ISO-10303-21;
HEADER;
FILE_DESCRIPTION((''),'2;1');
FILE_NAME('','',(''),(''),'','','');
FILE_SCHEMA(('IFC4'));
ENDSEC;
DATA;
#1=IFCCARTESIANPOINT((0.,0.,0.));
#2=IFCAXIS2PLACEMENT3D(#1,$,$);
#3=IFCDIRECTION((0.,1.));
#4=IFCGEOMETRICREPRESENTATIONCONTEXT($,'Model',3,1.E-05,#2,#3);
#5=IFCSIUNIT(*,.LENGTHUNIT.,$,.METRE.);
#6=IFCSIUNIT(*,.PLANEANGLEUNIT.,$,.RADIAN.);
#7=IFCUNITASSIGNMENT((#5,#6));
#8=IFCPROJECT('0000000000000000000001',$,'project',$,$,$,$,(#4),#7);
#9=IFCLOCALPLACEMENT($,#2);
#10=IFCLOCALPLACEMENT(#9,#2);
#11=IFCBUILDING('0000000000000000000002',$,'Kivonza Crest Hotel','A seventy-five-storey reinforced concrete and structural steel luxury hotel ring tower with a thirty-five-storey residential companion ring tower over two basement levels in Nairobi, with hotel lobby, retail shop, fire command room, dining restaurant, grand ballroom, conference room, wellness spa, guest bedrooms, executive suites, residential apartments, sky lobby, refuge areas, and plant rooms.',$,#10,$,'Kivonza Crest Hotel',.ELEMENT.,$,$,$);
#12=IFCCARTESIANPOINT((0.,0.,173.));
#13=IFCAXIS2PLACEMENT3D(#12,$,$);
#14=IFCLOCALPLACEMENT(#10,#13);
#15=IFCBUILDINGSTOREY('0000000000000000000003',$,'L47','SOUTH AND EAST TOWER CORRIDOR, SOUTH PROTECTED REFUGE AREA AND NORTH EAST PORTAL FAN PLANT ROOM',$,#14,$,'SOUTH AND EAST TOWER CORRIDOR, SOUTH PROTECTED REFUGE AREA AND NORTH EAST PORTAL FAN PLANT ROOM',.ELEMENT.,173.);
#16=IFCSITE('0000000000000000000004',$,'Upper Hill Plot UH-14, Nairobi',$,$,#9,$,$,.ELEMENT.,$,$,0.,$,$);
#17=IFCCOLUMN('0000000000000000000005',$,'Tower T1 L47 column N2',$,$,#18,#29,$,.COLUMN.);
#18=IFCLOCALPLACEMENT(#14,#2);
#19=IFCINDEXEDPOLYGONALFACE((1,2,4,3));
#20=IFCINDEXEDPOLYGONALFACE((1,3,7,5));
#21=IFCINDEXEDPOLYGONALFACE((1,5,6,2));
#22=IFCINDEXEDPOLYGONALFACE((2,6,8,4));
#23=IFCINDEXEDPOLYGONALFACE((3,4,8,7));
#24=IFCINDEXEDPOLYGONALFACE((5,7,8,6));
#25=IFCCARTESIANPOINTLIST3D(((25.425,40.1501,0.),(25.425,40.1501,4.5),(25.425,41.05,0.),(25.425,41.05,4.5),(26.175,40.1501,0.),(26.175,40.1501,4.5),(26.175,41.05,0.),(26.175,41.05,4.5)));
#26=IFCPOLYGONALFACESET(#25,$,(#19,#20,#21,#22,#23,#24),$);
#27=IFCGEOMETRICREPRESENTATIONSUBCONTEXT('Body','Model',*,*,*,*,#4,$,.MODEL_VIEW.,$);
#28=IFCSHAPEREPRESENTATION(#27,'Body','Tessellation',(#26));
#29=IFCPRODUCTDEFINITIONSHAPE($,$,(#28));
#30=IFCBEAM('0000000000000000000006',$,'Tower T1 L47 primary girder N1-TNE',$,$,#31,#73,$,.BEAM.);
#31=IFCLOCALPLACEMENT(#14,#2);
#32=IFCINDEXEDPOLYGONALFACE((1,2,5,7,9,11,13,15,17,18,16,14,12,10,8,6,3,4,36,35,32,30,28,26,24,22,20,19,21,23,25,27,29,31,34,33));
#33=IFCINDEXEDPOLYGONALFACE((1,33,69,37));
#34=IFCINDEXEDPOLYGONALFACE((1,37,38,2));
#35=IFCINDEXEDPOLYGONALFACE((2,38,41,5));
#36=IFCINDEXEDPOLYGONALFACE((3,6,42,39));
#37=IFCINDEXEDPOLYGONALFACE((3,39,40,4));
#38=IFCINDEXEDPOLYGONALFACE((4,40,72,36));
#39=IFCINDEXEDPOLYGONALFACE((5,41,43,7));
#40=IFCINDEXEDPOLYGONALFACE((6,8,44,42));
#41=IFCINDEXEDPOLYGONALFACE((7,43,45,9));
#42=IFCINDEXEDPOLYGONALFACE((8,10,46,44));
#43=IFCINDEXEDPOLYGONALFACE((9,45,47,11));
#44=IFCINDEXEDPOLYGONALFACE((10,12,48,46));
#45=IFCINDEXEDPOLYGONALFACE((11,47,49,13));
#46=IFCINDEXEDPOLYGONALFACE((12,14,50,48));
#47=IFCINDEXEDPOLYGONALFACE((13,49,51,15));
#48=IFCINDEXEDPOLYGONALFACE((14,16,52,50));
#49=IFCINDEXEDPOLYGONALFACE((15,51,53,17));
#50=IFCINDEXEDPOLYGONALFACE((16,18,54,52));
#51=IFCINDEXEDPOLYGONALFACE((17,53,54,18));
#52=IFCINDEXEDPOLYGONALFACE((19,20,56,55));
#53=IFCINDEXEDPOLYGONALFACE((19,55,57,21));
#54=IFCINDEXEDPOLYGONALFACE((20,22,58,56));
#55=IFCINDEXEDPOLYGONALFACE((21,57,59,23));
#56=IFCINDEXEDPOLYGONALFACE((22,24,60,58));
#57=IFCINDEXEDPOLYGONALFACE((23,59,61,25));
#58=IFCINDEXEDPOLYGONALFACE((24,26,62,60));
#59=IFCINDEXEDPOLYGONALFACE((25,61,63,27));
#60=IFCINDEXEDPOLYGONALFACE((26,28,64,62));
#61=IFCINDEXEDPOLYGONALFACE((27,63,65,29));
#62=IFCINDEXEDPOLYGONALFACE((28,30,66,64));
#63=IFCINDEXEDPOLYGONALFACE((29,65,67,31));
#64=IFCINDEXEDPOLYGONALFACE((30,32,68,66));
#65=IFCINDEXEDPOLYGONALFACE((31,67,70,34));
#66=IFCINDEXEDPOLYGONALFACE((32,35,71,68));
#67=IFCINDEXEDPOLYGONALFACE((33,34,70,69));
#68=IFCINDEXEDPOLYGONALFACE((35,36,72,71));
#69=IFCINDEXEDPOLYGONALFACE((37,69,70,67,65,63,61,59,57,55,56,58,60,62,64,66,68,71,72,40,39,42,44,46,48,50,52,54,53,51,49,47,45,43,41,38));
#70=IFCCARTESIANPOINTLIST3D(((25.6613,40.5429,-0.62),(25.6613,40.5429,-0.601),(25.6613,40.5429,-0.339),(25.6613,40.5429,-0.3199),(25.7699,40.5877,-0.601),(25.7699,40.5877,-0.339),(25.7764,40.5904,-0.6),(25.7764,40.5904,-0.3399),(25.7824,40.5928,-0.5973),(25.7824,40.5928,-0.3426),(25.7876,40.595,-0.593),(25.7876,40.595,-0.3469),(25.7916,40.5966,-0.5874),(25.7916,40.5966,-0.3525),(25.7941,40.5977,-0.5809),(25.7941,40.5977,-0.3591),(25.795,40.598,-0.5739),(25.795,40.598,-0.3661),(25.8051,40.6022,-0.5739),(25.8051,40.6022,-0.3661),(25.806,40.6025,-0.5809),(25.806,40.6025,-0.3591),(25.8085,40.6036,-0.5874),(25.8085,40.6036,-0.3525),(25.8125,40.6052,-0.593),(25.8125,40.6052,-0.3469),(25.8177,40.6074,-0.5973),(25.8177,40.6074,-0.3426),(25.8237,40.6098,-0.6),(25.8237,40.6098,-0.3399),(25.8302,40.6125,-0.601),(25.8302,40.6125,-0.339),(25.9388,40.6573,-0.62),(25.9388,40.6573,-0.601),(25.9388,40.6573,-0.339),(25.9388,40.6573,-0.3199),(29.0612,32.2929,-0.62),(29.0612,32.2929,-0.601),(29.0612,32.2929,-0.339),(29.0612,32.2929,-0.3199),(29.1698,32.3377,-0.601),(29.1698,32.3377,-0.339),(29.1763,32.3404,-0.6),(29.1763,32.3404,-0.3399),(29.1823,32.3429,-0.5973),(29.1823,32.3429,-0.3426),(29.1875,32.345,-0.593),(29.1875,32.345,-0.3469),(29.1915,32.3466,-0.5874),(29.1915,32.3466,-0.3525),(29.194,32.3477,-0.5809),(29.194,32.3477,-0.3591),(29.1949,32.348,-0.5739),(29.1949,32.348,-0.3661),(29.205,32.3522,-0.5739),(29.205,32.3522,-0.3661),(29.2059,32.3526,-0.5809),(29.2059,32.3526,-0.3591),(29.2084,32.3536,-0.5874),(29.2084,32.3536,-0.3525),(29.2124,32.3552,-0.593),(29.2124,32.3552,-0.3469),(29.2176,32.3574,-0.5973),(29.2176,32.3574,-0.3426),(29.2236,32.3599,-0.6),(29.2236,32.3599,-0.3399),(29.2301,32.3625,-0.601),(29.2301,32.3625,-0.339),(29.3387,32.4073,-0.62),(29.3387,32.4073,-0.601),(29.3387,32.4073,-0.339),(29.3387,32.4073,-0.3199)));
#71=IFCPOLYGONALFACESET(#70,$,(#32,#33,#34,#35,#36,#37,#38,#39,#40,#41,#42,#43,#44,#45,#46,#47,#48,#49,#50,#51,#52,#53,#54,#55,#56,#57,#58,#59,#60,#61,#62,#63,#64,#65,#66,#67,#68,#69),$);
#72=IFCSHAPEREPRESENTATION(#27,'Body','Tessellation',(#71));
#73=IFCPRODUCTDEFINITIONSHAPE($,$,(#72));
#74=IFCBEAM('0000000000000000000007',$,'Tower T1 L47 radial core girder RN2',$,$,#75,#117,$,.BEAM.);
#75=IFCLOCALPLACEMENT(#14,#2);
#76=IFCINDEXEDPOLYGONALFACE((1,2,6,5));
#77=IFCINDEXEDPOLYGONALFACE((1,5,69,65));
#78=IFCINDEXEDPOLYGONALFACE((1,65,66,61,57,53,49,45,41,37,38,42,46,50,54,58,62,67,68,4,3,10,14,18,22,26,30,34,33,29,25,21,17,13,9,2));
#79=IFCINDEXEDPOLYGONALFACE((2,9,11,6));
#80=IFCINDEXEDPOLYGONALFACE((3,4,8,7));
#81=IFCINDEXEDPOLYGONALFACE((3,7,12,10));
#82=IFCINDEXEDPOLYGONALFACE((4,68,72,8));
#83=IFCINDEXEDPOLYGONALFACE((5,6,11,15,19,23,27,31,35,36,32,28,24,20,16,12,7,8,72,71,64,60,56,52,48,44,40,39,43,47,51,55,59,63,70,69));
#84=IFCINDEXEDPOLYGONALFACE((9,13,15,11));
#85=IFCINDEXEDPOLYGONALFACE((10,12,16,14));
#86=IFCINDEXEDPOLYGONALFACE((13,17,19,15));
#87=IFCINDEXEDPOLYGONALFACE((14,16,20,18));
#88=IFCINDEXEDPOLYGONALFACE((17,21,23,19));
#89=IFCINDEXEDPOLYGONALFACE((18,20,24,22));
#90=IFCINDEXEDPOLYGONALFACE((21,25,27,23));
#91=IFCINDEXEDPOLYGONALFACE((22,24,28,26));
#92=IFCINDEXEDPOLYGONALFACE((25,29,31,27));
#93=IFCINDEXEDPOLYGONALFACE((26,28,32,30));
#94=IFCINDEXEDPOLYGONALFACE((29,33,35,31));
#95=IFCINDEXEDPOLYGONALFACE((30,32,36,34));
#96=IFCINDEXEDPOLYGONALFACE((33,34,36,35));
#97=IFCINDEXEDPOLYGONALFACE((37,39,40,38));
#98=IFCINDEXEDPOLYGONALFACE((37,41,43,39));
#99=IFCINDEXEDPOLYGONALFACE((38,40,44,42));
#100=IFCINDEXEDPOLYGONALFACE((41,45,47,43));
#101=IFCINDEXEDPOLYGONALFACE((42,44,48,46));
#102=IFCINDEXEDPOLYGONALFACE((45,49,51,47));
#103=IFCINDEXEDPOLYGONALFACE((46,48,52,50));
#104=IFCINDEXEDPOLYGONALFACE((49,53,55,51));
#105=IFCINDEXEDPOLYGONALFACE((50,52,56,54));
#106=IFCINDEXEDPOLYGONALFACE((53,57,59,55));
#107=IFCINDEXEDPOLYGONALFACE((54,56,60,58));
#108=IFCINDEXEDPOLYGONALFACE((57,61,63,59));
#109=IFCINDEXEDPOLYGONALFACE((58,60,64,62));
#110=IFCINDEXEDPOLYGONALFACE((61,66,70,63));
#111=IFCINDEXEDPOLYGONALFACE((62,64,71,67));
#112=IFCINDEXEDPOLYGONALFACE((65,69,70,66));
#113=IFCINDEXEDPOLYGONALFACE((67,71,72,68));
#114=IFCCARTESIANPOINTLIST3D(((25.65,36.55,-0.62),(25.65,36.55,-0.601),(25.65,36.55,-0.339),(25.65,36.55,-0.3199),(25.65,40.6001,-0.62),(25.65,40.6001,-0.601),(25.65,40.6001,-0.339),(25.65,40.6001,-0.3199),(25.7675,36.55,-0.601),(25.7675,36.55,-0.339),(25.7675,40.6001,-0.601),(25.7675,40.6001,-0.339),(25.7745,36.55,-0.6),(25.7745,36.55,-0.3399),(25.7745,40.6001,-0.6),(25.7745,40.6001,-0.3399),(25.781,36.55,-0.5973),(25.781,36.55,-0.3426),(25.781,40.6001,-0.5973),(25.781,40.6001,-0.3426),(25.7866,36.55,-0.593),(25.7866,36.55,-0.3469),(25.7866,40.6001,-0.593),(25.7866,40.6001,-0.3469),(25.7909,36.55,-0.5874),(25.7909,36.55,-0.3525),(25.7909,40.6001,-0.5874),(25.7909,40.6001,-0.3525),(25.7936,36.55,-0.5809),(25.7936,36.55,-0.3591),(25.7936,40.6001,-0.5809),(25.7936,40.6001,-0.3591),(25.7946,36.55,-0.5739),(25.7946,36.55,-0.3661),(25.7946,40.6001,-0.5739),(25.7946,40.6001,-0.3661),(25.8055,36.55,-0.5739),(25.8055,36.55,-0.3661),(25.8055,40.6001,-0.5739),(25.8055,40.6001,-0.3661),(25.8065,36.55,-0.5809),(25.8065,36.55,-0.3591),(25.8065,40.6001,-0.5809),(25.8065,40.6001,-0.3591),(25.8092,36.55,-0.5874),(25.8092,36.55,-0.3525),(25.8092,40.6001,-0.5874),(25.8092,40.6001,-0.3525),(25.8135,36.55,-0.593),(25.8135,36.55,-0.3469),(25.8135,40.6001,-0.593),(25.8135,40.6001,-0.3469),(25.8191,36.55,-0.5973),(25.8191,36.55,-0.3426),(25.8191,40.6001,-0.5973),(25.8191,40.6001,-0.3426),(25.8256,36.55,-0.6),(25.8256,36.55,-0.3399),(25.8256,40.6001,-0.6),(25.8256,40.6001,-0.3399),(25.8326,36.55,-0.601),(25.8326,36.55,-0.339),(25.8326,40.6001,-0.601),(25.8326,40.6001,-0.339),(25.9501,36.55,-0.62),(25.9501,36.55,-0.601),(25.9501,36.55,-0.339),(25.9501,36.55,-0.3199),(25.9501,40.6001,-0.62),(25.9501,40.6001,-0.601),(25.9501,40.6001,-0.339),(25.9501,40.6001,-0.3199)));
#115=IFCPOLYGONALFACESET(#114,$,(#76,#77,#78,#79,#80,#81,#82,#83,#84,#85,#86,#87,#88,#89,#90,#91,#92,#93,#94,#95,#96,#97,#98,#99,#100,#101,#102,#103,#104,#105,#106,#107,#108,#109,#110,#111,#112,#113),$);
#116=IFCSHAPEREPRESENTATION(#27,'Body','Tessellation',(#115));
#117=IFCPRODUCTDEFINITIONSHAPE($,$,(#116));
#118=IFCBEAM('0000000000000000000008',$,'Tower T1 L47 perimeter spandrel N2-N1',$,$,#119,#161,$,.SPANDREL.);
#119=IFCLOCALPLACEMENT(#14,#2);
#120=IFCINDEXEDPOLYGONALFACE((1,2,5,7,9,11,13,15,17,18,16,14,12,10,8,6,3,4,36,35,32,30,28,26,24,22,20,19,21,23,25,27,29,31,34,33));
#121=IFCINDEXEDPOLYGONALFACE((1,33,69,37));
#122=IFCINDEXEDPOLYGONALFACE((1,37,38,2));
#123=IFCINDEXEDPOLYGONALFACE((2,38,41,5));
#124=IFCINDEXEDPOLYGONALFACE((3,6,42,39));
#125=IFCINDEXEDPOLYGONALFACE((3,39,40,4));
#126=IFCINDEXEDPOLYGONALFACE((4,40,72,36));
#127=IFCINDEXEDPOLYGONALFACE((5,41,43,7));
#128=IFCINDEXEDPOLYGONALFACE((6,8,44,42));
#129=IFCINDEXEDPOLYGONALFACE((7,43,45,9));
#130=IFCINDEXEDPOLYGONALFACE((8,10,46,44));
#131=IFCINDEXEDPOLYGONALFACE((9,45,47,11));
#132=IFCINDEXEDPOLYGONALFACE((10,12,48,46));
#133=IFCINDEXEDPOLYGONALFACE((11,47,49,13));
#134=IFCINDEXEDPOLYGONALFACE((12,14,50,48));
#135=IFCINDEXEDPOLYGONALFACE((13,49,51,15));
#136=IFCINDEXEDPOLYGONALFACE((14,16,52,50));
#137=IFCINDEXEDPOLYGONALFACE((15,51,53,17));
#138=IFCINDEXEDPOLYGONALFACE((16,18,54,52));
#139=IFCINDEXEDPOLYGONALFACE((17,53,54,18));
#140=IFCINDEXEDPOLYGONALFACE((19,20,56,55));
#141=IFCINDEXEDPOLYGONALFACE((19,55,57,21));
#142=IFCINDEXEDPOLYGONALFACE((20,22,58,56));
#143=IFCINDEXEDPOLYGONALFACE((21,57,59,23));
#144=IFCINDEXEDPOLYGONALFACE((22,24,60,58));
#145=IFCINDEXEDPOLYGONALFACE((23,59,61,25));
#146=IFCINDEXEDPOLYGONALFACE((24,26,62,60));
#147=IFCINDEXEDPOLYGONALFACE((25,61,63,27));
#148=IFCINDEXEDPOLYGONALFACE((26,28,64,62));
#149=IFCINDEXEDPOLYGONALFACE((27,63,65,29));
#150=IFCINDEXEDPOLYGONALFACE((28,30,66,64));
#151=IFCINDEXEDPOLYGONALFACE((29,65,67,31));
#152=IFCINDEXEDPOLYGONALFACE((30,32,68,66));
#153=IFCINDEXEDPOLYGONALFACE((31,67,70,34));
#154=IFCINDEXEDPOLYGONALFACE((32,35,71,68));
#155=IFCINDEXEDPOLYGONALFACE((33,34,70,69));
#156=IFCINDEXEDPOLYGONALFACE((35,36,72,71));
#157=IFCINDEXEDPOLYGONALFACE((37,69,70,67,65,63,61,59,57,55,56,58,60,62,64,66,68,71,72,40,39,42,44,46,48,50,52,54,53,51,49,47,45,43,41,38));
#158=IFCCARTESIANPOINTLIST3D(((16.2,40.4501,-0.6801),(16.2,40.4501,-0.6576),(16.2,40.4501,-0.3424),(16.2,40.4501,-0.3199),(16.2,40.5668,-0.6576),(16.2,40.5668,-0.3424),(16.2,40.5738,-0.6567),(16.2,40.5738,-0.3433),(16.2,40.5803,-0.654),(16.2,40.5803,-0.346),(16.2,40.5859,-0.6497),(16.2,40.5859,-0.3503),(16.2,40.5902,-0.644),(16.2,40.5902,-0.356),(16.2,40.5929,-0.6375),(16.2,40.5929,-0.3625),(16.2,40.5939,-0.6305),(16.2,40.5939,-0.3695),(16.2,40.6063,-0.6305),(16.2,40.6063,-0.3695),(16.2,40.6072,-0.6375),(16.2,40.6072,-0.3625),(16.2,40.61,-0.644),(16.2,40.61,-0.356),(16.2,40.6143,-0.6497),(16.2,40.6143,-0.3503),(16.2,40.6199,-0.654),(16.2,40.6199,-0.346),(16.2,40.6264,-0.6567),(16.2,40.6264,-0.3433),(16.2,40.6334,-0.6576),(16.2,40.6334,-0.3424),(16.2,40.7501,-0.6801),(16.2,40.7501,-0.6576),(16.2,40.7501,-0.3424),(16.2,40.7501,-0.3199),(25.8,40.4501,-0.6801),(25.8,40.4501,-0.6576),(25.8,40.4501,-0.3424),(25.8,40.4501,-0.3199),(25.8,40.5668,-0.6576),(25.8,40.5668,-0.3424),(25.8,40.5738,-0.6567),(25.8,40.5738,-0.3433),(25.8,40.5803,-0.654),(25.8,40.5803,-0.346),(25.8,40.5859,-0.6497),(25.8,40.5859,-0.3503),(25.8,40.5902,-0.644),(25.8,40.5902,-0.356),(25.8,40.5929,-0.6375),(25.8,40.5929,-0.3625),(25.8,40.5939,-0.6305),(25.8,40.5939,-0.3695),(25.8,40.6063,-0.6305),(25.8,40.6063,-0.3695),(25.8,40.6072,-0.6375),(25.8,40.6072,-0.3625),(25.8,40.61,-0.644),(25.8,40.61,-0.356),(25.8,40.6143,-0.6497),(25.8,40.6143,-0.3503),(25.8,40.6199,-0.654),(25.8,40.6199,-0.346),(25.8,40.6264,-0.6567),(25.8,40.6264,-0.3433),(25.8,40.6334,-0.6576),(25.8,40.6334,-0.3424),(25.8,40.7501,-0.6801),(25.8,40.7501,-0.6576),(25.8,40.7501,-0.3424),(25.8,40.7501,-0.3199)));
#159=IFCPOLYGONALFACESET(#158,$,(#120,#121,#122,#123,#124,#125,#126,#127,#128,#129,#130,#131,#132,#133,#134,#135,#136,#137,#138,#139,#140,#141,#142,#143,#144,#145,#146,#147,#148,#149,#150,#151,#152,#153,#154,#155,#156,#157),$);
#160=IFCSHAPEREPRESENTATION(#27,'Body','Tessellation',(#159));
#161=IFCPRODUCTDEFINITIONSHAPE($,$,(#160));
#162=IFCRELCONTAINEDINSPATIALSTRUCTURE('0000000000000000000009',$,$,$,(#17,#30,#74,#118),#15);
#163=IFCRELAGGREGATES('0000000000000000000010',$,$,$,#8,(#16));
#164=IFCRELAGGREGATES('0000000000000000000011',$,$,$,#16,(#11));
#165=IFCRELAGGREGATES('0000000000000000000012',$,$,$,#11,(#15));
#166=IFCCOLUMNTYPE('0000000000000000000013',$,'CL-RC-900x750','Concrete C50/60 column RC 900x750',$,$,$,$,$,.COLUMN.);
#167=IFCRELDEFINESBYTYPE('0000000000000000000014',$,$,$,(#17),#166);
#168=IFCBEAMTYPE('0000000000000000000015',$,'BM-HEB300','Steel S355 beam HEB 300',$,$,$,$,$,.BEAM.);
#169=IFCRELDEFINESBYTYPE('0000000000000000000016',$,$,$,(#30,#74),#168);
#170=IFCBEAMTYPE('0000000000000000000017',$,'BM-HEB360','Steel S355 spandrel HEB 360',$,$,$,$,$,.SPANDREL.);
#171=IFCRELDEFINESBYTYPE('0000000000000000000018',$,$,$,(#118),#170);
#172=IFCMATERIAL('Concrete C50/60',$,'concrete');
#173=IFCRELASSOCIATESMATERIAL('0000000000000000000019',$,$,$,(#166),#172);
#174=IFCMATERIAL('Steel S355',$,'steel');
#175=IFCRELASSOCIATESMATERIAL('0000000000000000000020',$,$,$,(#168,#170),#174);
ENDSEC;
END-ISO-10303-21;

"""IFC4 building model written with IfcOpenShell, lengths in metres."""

from ifc_helpers import new_model, si_unit, direction, frame, origin, origin_2d, place, context, subcontext, project, spatial, rectangle, i_section, extrude, material, material_profile, profile_set, type_object, element, save


model = new_model("IFC4")

# Units and contexts
model_context = context("Model", 3, precision=1e-05, world=origin(), true_north=direction((0.0, 1.0)))
body_context = subcontext(model_context, "Body", "Model", "MODEL_VIEW")
ifc_project = project(units=[si_unit("LENGTHUNIT", "METRE"), si_unit("PLANEANGLEUNIT", "RADIAN")], contexts=[model_context])

# Site, building, storey
site_placement = place(None, origin())
site = spatial("IfcSite", under=ifc_project, at=site_placement, Name="Upper Hill Plot UH-14, Nairobi", CompositionType="ELEMENT", RefElevation=0.0)
building_placement = place(site_placement, origin())
building = spatial("IfcBuilding", under=site, at=building_placement, Name="Kivonza Crest Hotel", Description="A seventy-five-storey reinforced concrete and structural steel luxury hotel ring tower with a thirty-five-storey residential companion ring tower over two basement levels in Nairobi, with hotel lobby, retail shop, fire command room, dining restaurant, grand ballroom, conference room, wellness spa, guest bedrooms, executive suites, residential apartments, sky lobby, refuge areas, and plant rooms.", LongName="Kivonza Crest Hotel", CompositionType="ELEMENT")
storey_placement = place(building_placement, frame((0.0, 0.0, 173.0)))
storey = spatial("IfcBuildingStorey", under=building, at=storey_placement, Name="L47", Description="SOUTH AND EAST TOWER CORRIDOR, SOUTH PROTECTED REFUGE AREA AND NORTH EAST PORTAL FAN PLANT ROOM", LongName="SOUTH AND EAST TOWER CORRIDOR, SOUTH PROTECTED REFUGE AREA AND NORTH EAST PORTAL FAN PLANT ROOM", CompositionType="ELEMENT", Elevation=173.0)

# Column
ifc_material_1 = material(Name="Concrete C50/60", Category="concrete")
ifc_material_profile_1 = material_profile(ifc_material_1, rectangle(XDim=0.75, YDim=0.8999, at=origin_2d()), Name="RC 900x750")
ifc_profile_set_1 = profile_set([ifc_material_profile_1], Name="Concrete C50/60")
column_type = type_object("IfcColumnType", Name="CL-RC-900x750", Description="Concrete C50/60 column RC 900x750", PredefinedType="COLUMN", material=ifc_profile_set_1)
column_placement = place(storey_placement, frame((25.8, 40.6001, 0.0), z_axis=(0.0, 0.0, 1.0), x_axis=(1.0, 0.0, 0.0)))
element("IfcColumn", 1, at=column_placement, inside=storey, type_object=column_type, Name="Tower T1 L47 column N2", PredefinedType="COLUMN", context=body_context, shape_type="SweptSolid", body=[
    extrude(rectangle(XDim=0.75, YDim=0.8999, at=origin_2d()), origin(), (0.0, 0.0, 1.0), 4.5),
])

# Beams
ifc_material_2 = material(Name="Steel S355", Category="steel")
ifc_material_profile_2 = material_profile(ifc_material_2, i_section(OverallWidth=0.3, OverallDepth=0.3, WebThickness=0.011, FlangeThickness=0.019, FilletRadius=0.0271, at=origin_2d()), Name="HEB 300")
ifc_profile_set_2 = profile_set([ifc_material_profile_2], Name="Steel S355")
beam_type_1 = type_object("IfcBeamType", Name="BM-HEB300", Description="Steel S355 beam HEB 300", PredefinedType="BEAM", material=ifc_profile_set_2)
beam_1_placement = place(storey_placement, frame((25.8, 40.6001, -0.47), z_axis=(0.381022, -0.924566, 0.0), x_axis=(0.924566, 0.381022, 0.0)))
element("IfcBeam", 2, at=beam_1_placement, inside=storey, type_object=beam_type_1, Name="Tower T1 L47 primary girder N1-TNE", PredefinedType="BEAM", context=body_context, shape_type="SweptSolid", body=[
    extrude(i_section(OverallWidth=0.3, OverallDepth=0.3, WebThickness=0.011, FlangeThickness=0.019, FilletRadius=0.0271, at=origin_2d()), origin(), (0.0, 0.0, 1.0), 8.9231),
])
beam_2_placement = place(storey_placement, frame((25.8, 40.6001, -0.47), z_axis=(0.0, -1.0, 0.0), x_axis=(1.0, 0.0, 0.0)))
element("IfcBeam", 3, at=beam_2_placement, inside=storey, type_object=beam_type_1, Name="Tower T1 L47 radial core girder RN2", PredefinedType="BEAM", context=body_context, shape_type="SweptSolid", body=[
    extrude(i_section(OverallWidth=0.3, OverallDepth=0.3, WebThickness=0.011, FlangeThickness=0.019, FilletRadius=0.0271, at=origin_2d()), origin(), (0.0, 0.0, 1.0), 4.05),
])
ifc_material_profile_3 = material_profile(ifc_material_2, i_section(OverallWidth=0.3, OverallDepth=0.3601, WebThickness=0.0125, FlangeThickness=0.0225, FilletRadius=0.0271, at=origin_2d()), Name="HEB 360")
ifc_profile_set_3 = profile_set([ifc_material_profile_3], Name="Steel S355")
beam_type_2 = type_object("IfcBeamType", Name="BM-HEB360", Description="Steel S355 spandrel HEB 360", PredefinedType="SPANDREL", material=ifc_profile_set_3)
beam_3_placement = place(storey_placement, frame((25.8, 40.6001, -0.5), z_axis=(-1.0, 0.0, 0.0), x_axis=(0.0, -1.0, 0.0)))
element("IfcBeam", 4, at=beam_3_placement, inside=storey, type_object=beam_type_2, Name="Tower T1 L47 perimeter spandrel N2-N1", PredefinedType="SPANDREL", context=body_context, shape_type="SweptSolid", body=[
    extrude(i_section(OverallWidth=0.3, OverallDepth=0.3601, WebThickness=0.0125, FlangeThickness=0.0225, FilletRadius=0.0271, at=origin_2d()), origin(), (0.0, 0.0, 1.0), 9.6001),
])

save(model, "model.ifc")
